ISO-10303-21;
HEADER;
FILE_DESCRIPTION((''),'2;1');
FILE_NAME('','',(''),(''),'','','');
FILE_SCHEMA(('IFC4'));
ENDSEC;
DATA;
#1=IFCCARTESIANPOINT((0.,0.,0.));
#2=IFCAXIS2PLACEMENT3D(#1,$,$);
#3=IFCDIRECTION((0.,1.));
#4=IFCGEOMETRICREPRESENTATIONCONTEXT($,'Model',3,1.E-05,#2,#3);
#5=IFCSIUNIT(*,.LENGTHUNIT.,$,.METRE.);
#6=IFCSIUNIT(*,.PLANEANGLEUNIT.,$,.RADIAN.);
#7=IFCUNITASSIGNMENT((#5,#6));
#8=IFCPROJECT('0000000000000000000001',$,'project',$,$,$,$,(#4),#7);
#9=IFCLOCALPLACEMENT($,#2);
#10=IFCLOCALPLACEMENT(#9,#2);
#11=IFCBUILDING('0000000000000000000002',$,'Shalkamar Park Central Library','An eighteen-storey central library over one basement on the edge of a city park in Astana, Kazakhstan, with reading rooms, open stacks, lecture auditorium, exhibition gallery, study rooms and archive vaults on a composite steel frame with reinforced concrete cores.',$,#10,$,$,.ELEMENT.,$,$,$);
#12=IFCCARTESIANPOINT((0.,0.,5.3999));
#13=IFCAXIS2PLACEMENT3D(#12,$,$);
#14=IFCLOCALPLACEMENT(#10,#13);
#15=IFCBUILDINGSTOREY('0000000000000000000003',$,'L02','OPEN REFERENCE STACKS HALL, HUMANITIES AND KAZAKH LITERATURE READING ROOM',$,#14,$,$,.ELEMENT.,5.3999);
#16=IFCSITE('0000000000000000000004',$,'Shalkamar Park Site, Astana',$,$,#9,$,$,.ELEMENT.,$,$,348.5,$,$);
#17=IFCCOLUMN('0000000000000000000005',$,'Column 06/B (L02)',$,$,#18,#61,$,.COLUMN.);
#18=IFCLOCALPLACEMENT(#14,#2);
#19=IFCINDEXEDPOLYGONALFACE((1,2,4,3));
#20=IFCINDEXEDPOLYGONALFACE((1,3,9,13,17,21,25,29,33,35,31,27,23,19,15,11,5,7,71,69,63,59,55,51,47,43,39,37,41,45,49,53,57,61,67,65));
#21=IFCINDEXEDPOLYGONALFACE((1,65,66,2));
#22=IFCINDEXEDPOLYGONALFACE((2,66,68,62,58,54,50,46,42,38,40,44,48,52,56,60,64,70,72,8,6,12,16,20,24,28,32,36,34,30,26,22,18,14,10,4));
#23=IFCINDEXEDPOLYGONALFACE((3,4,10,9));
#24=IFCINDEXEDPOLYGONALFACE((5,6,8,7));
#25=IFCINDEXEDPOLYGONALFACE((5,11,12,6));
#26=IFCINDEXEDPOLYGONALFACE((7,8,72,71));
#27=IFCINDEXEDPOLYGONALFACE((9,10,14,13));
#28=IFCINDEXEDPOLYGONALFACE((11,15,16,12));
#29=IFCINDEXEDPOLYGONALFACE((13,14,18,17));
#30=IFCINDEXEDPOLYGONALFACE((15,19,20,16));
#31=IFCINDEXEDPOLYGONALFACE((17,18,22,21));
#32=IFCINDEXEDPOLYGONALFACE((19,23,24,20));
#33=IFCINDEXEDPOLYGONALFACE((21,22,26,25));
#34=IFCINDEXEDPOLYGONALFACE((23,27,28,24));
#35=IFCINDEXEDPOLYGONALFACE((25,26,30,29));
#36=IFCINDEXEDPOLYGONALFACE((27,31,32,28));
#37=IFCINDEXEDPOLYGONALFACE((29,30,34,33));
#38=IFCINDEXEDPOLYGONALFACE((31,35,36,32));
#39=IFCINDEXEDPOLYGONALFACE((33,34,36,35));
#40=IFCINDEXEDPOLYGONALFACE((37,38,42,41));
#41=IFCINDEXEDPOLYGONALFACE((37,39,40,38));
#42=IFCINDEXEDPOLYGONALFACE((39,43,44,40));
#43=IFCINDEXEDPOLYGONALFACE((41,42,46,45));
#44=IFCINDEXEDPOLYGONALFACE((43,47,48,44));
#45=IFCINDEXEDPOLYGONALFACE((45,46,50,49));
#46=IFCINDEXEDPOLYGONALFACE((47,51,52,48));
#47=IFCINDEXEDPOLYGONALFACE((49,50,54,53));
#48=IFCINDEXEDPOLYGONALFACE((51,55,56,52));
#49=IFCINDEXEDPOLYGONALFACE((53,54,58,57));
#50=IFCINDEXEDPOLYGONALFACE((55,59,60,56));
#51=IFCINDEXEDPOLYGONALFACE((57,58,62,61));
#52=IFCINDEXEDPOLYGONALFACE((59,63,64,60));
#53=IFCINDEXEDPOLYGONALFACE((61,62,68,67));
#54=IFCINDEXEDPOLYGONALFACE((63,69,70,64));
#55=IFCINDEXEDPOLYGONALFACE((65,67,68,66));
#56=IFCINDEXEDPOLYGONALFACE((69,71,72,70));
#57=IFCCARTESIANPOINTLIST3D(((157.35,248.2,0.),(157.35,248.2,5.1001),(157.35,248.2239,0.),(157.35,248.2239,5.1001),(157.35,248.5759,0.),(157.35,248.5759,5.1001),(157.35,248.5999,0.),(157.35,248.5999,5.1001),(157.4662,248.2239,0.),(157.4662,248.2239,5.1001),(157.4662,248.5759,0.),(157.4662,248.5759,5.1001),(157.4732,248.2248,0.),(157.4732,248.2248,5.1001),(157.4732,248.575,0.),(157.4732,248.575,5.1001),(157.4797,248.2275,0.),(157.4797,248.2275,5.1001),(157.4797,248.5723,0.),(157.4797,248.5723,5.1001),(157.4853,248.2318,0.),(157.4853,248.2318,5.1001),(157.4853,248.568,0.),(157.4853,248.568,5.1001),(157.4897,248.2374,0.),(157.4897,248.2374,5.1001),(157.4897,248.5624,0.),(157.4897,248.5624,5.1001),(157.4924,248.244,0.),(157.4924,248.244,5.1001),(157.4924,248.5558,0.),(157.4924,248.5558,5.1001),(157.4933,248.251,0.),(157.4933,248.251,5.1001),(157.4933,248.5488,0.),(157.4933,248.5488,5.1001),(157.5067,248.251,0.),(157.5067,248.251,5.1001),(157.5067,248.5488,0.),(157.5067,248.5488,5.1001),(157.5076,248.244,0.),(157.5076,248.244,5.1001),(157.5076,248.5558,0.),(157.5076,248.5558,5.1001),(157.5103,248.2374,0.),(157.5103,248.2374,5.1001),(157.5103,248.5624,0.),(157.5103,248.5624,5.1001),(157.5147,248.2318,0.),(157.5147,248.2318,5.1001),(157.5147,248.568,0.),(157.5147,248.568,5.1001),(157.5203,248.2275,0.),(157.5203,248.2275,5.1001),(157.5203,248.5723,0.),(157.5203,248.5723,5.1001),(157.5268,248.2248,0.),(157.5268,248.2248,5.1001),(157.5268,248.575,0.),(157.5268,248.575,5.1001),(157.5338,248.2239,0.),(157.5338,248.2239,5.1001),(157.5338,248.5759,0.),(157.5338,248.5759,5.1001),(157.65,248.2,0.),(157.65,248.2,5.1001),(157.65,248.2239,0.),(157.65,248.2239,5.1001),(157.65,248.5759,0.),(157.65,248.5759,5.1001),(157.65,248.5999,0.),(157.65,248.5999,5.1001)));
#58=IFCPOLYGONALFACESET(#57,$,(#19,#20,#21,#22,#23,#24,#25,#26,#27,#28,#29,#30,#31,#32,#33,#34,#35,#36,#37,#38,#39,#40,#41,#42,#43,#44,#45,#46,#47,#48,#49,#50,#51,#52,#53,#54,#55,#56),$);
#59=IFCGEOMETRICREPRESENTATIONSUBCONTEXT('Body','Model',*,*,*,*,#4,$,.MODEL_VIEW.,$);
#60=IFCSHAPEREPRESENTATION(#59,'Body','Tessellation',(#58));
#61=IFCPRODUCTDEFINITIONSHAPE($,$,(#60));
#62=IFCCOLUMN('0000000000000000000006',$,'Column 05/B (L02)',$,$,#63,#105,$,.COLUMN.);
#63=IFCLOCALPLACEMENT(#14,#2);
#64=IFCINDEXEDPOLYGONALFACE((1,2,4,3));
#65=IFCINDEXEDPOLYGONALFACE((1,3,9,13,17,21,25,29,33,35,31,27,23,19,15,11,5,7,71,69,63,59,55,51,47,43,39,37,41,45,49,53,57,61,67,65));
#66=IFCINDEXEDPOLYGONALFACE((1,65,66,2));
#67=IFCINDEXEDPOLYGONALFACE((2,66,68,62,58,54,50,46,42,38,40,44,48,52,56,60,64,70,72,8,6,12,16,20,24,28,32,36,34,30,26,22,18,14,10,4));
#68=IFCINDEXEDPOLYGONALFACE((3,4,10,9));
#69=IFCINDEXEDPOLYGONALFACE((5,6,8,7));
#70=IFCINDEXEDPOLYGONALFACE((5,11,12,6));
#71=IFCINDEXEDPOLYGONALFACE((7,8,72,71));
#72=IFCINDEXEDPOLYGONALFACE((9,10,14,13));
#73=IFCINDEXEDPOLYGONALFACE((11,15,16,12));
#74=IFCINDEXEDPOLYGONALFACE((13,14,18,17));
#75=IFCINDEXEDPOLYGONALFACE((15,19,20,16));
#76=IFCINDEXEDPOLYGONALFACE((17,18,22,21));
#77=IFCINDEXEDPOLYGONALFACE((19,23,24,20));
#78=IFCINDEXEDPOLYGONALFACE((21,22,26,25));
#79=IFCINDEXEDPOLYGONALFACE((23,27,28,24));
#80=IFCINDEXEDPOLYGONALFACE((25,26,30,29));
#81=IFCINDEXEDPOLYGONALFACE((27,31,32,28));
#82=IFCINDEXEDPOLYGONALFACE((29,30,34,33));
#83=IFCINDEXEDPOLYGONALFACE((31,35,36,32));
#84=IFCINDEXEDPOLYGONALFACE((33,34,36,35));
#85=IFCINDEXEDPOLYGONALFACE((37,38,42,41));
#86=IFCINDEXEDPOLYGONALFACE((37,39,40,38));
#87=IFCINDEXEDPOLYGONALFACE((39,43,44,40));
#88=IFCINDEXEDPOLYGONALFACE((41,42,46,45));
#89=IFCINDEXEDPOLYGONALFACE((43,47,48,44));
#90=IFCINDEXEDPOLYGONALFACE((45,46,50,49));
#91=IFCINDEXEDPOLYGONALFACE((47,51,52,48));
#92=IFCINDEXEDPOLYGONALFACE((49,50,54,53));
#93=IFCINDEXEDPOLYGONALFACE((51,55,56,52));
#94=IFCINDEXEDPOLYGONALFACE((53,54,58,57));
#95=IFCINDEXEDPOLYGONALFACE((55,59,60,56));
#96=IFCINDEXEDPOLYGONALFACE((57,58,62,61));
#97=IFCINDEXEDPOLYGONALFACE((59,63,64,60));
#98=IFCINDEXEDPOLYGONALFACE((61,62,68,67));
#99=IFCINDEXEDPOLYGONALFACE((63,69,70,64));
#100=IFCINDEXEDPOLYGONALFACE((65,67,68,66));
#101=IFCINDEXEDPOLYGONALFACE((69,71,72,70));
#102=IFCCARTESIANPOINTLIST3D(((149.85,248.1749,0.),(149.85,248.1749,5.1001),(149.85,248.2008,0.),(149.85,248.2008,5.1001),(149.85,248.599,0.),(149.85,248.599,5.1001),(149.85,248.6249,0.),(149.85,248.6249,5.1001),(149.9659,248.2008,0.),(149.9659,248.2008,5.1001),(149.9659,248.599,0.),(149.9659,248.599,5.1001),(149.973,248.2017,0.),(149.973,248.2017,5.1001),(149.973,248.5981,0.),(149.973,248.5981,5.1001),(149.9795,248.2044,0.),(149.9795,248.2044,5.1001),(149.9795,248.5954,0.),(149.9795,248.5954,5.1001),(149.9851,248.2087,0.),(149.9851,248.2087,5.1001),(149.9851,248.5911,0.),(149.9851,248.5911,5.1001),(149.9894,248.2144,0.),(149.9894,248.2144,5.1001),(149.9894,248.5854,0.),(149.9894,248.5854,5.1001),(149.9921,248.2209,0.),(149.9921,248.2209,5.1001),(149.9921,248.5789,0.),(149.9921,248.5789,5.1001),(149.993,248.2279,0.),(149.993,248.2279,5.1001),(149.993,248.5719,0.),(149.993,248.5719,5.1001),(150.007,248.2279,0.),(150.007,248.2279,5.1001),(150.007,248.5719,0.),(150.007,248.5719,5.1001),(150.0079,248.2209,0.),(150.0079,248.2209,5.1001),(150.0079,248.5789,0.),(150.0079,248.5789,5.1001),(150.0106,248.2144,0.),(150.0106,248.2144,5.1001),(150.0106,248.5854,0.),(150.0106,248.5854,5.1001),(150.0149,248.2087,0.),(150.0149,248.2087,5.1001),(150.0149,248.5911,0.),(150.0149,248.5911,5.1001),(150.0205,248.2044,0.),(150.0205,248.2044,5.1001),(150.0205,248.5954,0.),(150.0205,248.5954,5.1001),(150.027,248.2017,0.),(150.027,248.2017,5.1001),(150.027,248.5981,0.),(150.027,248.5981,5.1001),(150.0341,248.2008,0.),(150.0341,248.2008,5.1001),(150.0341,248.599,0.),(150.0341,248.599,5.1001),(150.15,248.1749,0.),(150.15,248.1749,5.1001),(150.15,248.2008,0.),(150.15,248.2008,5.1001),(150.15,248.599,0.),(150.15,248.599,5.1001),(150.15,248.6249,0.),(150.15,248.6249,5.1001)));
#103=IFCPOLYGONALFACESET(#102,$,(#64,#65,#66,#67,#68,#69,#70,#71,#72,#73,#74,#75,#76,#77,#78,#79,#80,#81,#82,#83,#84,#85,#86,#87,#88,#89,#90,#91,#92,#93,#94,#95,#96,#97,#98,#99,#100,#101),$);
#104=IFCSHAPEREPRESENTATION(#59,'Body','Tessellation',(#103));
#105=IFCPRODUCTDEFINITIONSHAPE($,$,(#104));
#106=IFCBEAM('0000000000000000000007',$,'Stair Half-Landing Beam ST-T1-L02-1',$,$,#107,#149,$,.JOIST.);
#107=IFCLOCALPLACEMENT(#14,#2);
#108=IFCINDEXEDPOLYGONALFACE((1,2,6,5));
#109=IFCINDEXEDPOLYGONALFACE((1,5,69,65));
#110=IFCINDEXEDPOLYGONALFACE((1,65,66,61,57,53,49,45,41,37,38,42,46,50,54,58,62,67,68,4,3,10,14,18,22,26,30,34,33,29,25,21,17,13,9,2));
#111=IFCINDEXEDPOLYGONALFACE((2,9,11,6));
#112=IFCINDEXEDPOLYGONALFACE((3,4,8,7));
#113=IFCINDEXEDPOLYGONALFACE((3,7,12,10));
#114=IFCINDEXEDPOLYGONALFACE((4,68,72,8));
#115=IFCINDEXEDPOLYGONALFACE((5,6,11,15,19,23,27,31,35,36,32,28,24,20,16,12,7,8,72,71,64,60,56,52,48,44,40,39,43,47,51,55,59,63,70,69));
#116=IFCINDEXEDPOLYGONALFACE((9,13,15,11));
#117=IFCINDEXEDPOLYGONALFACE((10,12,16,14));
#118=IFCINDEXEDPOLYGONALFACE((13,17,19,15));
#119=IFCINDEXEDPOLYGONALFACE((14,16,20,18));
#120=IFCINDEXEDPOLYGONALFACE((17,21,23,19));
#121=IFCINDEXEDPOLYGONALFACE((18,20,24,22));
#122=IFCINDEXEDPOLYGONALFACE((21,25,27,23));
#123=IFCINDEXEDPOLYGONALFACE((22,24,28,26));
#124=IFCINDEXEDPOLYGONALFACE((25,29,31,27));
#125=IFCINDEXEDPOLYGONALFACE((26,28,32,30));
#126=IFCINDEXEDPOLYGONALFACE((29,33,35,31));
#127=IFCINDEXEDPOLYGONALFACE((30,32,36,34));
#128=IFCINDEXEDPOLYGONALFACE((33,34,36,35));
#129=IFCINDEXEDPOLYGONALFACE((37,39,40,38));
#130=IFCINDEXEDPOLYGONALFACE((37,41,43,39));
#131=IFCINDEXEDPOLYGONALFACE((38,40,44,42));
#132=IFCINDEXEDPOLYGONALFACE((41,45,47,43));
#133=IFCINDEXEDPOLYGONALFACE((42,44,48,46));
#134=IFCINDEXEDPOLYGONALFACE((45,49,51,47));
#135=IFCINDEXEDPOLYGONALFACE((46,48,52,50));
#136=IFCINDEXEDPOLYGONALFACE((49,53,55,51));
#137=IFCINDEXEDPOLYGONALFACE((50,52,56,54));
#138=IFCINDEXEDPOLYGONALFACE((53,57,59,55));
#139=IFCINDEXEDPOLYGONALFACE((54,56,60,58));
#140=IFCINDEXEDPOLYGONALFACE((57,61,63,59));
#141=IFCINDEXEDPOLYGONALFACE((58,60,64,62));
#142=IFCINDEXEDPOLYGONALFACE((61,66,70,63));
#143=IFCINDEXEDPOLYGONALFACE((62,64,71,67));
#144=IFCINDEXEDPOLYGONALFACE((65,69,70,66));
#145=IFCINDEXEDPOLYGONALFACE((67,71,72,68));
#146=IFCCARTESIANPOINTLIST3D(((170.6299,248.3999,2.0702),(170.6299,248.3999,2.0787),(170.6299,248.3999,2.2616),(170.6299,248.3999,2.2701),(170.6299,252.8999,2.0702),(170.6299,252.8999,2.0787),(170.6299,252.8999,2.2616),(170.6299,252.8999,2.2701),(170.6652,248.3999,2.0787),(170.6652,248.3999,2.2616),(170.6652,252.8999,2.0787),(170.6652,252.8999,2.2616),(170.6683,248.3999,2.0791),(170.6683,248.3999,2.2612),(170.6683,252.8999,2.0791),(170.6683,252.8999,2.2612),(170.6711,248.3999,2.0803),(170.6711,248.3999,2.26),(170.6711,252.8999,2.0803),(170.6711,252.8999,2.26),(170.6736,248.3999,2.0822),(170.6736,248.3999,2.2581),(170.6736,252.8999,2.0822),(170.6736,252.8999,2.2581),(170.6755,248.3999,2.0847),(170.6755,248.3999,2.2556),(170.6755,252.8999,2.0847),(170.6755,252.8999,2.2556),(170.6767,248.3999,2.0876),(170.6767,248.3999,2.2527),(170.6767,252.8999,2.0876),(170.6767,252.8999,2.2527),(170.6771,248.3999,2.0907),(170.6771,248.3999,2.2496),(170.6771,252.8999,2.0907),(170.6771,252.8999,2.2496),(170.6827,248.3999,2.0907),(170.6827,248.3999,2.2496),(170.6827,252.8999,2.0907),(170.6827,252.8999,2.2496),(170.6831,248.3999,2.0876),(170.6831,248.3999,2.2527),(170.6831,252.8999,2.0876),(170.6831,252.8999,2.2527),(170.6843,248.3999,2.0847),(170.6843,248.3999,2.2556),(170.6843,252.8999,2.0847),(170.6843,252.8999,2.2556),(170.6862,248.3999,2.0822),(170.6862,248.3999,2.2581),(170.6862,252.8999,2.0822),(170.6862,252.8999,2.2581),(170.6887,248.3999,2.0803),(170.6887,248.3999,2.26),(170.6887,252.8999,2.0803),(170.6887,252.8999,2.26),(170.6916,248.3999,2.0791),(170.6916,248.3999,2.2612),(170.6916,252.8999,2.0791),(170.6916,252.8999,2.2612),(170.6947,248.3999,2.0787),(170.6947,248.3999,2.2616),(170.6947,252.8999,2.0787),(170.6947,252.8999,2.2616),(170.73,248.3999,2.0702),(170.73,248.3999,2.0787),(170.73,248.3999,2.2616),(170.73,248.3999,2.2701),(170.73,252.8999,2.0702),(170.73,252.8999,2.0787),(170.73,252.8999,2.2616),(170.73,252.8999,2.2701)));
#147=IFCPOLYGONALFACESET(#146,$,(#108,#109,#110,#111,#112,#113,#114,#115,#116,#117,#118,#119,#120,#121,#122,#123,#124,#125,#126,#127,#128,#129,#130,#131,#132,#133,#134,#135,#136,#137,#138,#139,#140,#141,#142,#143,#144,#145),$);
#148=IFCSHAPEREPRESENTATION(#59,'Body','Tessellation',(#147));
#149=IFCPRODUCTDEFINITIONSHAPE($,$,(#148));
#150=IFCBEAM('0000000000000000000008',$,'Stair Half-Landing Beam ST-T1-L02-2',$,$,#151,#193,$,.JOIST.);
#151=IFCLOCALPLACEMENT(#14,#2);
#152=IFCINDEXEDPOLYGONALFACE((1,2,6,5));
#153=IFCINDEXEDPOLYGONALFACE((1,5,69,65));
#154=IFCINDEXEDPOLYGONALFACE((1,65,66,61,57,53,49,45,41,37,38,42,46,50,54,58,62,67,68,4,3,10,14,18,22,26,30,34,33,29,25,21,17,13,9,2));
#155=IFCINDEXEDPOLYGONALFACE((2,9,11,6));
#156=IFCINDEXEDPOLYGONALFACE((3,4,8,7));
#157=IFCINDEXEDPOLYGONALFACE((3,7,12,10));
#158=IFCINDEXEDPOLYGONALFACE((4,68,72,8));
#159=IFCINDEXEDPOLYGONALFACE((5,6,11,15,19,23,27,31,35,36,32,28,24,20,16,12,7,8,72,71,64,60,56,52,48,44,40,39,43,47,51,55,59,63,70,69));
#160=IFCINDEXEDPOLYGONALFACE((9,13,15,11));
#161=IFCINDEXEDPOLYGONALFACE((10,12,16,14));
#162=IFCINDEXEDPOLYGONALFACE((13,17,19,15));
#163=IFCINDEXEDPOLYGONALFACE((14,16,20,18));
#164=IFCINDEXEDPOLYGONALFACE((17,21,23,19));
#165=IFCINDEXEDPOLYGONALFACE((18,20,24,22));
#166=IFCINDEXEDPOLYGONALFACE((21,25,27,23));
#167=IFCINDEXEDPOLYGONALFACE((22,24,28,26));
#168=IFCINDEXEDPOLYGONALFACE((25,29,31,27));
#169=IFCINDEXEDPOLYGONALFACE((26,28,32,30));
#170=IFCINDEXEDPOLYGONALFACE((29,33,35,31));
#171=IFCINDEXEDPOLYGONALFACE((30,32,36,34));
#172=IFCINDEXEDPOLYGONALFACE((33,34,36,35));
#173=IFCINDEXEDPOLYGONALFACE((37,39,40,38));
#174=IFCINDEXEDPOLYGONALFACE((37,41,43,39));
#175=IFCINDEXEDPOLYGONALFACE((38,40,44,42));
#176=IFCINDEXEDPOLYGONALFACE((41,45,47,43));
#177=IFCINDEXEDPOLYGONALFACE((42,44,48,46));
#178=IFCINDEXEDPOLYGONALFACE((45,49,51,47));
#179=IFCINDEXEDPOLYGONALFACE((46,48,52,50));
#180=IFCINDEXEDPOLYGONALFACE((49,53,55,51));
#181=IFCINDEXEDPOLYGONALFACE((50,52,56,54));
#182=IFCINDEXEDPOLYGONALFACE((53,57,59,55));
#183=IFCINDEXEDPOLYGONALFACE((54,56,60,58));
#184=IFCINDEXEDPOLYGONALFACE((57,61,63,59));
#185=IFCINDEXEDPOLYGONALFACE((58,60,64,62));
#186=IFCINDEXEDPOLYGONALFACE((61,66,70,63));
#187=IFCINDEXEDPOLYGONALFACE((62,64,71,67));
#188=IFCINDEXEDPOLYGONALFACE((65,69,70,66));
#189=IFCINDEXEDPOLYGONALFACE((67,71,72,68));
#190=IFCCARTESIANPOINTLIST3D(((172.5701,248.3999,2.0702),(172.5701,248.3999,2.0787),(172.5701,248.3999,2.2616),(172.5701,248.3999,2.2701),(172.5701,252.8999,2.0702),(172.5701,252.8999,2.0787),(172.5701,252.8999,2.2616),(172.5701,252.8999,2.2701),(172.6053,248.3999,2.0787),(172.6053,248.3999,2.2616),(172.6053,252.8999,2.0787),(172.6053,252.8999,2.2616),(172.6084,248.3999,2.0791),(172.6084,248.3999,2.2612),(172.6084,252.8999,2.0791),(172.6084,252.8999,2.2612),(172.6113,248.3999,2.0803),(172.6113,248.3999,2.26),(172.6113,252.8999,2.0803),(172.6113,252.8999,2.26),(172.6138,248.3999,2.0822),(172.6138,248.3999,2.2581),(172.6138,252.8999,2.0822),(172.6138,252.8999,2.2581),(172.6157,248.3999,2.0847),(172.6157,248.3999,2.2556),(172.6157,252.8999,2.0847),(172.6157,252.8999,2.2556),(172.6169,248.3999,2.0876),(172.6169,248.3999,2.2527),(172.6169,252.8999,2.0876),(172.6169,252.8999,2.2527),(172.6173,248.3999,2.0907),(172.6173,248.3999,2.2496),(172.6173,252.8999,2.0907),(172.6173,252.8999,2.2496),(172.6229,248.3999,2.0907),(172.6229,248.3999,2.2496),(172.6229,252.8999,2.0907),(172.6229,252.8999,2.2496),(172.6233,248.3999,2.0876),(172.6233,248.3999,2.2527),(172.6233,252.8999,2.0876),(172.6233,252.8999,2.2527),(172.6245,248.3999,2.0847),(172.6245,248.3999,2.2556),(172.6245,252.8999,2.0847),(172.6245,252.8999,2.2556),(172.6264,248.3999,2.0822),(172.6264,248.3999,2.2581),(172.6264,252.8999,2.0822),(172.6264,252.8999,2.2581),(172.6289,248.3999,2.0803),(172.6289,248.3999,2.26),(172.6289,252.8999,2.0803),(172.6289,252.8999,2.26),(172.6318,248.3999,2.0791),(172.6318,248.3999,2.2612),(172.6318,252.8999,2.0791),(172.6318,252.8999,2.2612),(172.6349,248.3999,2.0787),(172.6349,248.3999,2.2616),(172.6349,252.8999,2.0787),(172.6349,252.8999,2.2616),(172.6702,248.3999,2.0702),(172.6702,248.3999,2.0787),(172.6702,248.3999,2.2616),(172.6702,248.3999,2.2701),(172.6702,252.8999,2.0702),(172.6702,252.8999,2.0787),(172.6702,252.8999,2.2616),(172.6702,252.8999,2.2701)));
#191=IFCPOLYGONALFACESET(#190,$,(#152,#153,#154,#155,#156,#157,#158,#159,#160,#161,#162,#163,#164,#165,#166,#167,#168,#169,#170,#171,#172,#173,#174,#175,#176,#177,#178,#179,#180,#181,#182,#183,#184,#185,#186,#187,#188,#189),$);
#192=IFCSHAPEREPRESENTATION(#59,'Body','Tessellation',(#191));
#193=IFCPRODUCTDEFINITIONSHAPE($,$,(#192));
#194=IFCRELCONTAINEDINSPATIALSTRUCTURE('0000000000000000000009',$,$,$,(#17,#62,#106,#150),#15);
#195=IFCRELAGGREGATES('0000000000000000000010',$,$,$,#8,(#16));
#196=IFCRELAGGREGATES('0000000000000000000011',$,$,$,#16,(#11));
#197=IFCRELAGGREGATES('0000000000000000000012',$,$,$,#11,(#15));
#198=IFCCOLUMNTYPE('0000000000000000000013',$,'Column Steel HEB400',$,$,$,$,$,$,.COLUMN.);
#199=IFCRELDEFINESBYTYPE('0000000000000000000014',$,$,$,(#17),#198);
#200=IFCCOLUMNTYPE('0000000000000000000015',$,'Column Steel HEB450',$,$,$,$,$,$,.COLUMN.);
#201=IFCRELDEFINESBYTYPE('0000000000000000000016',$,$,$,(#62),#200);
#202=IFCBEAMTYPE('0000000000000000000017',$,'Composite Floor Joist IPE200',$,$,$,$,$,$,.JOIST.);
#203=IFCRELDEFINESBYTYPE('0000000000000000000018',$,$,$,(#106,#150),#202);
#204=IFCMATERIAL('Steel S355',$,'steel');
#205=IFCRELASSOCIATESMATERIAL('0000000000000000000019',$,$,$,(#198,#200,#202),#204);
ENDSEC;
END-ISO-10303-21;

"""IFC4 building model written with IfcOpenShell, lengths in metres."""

from ifc_helpers import new_model, si_unit, direction, frame, origin, origin_2d, place, context, subcontext, project, spatial, i_section, extrude, material, material_profile, profile_set, type_object, element, save


model = new_model("IFC4")

# Units and contexts
model_context = context("Model", 3, precision=1e-05, world=origin(), true_north=direction((0.0, 1.0)))
body_context = subcontext(model_context, "Body", "Model", "MODEL_VIEW")
ifc_project = project(units=[si_unit("LENGTHUNIT", "METRE"), si_unit("PLANEANGLEUNIT", "RADIAN")], contexts=[model_context])

# Site, building, storey
site_placement = place(None, origin())
site = spatial("IfcSite", under=ifc_project, at=site_placement, Name="Shalkamar Park Site, Astana", CompositionType="ELEMENT", RefElevation=348.5)
building_placement = place(site_placement, origin())
building = spatial("IfcBuilding", under=site, at=building_placement, Name="Shalkamar Park Central Library", Description="An eighteen-storey central library over one basement on the edge of a city park in Astana, Kazakhstan, with reading rooms, open stacks, lecture auditorium, exhibition gallery, study rooms and archive vaults on a composite steel frame with reinforced concrete cores.", CompositionType="ELEMENT")
storey_placement = place(building_placement, frame((0.0, 0.0, 5.3999)))
storey = spatial("IfcBuildingStorey", under=building, at=storey_placement, Name="L02", Description="OPEN REFERENCE STACKS HALL, HUMANITIES AND KAZAKH LITERATURE READING ROOM", CompositionType="ELEMENT", Elevation=5.3999)

# Columns
ifc_material_1 = material(Name="Steel S355", Category="steel")
ifc_material_profile_1 = material_profile(ifc_material_1, i_section(OverallWidth=0.3, OverallDepth=0.3999, WebThickness=0.0134, FlangeThickness=0.0239, FilletRadius=0.0271, at=origin_2d()), Name="HEB 400")
ifc_profile_set_1 = profile_set([ifc_material_profile_1], Name="Steel S355")
column_type_1 = type_object("IfcColumnType", Name="Column Steel HEB400", PredefinedType="COLUMN", material=ifc_profile_set_1)
for number, where, z_axis, x_axis, name in (
    (1, (157.5, 248.3999, 0.0), (0.0, 0.0, 1.0), (1.0, 0.0, 0.0), "Column 06/B (L02)"),
):
    element("IfcColumn", number, at=place(storey_placement, frame(where, z_axis=z_axis, x_axis=x_axis)), inside=storey, type_object=column_type_1, Name=name, PredefinedType="COLUMN", context=body_context, shape_type="SweptSolid", body=[
        extrude(i_section(OverallWidth=0.3, OverallDepth=0.3999, WebThickness=0.0134, FlangeThickness=0.0239, FilletRadius=0.0271, at=origin_2d()), origin(), (0.0, 0.0, 1.0), 5.1001),
    ])
ifc_material_profile_2 = material_profile(ifc_material_1, i_section(OverallWidth=0.3, OverallDepth=0.45, WebThickness=0.0139, FlangeThickness=0.0259, FilletRadius=0.0271, at=origin_2d()), Name="HEB 450")
ifc_profile_set_2 = profile_set([ifc_material_profile_2], Name="Steel S355")
column_type_2 = type_object("IfcColumnType", Name="Column Steel HEB450", PredefinedType="COLUMN", material=ifc_profile_set_2)
column_1_placement = place(storey_placement, frame((150.0, 248.3999, 0.0), z_axis=(0.0, 0.0, 1.0), x_axis=(1.0, 0.0, 0.0)))
element("IfcColumn", 2, at=column_1_placement, inside=storey, type_object=column_type_2, Name="Column 05/B (L02)", PredefinedType="COLUMN", context=body_context, shape_type="SweptSolid", body=[
    extrude(i_section(OverallWidth=0.3, OverallDepth=0.45, WebThickness=0.0139, FlangeThickness=0.0259, FilletRadius=0.0271, at=origin_2d()), origin(), (0.0, 0.0, 1.0), 5.1001),
])

# Beams
ifc_material_profile_3 = material_profile(ifc_material_1, i_section(OverallWidth=0.1001, OverallDepth=0.2, WebThickness=0.0056, FlangeThickness=0.0085, FilletRadius=0.012, at=origin_2d()), Name="IPE 200")
ifc_profile_set_3 = profile_set([ifc_material_profile_3], Name="Steel S355")
beam_type_1 = type_object("IfcBeamType", Name="Composite Floor Joist IPE200", PredefinedType="JOIST", material=ifc_profile_set_3)
for number, where, z_axis, x_axis, name in (
    (3, (170.6799, 248.3999, 2.1702), (0.0, 1.0, 0.0), (-1.0, 0.0, 0.0), "Stair Half-Landing Beam ST-T1-L02-1"),
    (4, (172.6201, 248.3999, 2.1702), (0.0, 1.0, 0.0), (-1.0, 0.0, 0.0), "Stair Half-Landing Beam ST-T1-L02-2"),
):
    element("IfcBeam", number, at=place(storey_placement, frame(where, z_axis=z_axis, x_axis=x_axis)), inside=storey, type_object=beam_type_1, Name=name, PredefinedType="JOIST", context=body_context, shape_type="SweptSolid", body=[
        extrude(i_section(OverallWidth=0.1001, OverallDepth=0.2, WebThickness=0.0056, FlangeThickness=0.0085, FilletRadius=0.012, at=origin_2d()), origin(), (0.0, 0.0, 1.0), 4.5),
    ])

save(model, "model.ifc")
